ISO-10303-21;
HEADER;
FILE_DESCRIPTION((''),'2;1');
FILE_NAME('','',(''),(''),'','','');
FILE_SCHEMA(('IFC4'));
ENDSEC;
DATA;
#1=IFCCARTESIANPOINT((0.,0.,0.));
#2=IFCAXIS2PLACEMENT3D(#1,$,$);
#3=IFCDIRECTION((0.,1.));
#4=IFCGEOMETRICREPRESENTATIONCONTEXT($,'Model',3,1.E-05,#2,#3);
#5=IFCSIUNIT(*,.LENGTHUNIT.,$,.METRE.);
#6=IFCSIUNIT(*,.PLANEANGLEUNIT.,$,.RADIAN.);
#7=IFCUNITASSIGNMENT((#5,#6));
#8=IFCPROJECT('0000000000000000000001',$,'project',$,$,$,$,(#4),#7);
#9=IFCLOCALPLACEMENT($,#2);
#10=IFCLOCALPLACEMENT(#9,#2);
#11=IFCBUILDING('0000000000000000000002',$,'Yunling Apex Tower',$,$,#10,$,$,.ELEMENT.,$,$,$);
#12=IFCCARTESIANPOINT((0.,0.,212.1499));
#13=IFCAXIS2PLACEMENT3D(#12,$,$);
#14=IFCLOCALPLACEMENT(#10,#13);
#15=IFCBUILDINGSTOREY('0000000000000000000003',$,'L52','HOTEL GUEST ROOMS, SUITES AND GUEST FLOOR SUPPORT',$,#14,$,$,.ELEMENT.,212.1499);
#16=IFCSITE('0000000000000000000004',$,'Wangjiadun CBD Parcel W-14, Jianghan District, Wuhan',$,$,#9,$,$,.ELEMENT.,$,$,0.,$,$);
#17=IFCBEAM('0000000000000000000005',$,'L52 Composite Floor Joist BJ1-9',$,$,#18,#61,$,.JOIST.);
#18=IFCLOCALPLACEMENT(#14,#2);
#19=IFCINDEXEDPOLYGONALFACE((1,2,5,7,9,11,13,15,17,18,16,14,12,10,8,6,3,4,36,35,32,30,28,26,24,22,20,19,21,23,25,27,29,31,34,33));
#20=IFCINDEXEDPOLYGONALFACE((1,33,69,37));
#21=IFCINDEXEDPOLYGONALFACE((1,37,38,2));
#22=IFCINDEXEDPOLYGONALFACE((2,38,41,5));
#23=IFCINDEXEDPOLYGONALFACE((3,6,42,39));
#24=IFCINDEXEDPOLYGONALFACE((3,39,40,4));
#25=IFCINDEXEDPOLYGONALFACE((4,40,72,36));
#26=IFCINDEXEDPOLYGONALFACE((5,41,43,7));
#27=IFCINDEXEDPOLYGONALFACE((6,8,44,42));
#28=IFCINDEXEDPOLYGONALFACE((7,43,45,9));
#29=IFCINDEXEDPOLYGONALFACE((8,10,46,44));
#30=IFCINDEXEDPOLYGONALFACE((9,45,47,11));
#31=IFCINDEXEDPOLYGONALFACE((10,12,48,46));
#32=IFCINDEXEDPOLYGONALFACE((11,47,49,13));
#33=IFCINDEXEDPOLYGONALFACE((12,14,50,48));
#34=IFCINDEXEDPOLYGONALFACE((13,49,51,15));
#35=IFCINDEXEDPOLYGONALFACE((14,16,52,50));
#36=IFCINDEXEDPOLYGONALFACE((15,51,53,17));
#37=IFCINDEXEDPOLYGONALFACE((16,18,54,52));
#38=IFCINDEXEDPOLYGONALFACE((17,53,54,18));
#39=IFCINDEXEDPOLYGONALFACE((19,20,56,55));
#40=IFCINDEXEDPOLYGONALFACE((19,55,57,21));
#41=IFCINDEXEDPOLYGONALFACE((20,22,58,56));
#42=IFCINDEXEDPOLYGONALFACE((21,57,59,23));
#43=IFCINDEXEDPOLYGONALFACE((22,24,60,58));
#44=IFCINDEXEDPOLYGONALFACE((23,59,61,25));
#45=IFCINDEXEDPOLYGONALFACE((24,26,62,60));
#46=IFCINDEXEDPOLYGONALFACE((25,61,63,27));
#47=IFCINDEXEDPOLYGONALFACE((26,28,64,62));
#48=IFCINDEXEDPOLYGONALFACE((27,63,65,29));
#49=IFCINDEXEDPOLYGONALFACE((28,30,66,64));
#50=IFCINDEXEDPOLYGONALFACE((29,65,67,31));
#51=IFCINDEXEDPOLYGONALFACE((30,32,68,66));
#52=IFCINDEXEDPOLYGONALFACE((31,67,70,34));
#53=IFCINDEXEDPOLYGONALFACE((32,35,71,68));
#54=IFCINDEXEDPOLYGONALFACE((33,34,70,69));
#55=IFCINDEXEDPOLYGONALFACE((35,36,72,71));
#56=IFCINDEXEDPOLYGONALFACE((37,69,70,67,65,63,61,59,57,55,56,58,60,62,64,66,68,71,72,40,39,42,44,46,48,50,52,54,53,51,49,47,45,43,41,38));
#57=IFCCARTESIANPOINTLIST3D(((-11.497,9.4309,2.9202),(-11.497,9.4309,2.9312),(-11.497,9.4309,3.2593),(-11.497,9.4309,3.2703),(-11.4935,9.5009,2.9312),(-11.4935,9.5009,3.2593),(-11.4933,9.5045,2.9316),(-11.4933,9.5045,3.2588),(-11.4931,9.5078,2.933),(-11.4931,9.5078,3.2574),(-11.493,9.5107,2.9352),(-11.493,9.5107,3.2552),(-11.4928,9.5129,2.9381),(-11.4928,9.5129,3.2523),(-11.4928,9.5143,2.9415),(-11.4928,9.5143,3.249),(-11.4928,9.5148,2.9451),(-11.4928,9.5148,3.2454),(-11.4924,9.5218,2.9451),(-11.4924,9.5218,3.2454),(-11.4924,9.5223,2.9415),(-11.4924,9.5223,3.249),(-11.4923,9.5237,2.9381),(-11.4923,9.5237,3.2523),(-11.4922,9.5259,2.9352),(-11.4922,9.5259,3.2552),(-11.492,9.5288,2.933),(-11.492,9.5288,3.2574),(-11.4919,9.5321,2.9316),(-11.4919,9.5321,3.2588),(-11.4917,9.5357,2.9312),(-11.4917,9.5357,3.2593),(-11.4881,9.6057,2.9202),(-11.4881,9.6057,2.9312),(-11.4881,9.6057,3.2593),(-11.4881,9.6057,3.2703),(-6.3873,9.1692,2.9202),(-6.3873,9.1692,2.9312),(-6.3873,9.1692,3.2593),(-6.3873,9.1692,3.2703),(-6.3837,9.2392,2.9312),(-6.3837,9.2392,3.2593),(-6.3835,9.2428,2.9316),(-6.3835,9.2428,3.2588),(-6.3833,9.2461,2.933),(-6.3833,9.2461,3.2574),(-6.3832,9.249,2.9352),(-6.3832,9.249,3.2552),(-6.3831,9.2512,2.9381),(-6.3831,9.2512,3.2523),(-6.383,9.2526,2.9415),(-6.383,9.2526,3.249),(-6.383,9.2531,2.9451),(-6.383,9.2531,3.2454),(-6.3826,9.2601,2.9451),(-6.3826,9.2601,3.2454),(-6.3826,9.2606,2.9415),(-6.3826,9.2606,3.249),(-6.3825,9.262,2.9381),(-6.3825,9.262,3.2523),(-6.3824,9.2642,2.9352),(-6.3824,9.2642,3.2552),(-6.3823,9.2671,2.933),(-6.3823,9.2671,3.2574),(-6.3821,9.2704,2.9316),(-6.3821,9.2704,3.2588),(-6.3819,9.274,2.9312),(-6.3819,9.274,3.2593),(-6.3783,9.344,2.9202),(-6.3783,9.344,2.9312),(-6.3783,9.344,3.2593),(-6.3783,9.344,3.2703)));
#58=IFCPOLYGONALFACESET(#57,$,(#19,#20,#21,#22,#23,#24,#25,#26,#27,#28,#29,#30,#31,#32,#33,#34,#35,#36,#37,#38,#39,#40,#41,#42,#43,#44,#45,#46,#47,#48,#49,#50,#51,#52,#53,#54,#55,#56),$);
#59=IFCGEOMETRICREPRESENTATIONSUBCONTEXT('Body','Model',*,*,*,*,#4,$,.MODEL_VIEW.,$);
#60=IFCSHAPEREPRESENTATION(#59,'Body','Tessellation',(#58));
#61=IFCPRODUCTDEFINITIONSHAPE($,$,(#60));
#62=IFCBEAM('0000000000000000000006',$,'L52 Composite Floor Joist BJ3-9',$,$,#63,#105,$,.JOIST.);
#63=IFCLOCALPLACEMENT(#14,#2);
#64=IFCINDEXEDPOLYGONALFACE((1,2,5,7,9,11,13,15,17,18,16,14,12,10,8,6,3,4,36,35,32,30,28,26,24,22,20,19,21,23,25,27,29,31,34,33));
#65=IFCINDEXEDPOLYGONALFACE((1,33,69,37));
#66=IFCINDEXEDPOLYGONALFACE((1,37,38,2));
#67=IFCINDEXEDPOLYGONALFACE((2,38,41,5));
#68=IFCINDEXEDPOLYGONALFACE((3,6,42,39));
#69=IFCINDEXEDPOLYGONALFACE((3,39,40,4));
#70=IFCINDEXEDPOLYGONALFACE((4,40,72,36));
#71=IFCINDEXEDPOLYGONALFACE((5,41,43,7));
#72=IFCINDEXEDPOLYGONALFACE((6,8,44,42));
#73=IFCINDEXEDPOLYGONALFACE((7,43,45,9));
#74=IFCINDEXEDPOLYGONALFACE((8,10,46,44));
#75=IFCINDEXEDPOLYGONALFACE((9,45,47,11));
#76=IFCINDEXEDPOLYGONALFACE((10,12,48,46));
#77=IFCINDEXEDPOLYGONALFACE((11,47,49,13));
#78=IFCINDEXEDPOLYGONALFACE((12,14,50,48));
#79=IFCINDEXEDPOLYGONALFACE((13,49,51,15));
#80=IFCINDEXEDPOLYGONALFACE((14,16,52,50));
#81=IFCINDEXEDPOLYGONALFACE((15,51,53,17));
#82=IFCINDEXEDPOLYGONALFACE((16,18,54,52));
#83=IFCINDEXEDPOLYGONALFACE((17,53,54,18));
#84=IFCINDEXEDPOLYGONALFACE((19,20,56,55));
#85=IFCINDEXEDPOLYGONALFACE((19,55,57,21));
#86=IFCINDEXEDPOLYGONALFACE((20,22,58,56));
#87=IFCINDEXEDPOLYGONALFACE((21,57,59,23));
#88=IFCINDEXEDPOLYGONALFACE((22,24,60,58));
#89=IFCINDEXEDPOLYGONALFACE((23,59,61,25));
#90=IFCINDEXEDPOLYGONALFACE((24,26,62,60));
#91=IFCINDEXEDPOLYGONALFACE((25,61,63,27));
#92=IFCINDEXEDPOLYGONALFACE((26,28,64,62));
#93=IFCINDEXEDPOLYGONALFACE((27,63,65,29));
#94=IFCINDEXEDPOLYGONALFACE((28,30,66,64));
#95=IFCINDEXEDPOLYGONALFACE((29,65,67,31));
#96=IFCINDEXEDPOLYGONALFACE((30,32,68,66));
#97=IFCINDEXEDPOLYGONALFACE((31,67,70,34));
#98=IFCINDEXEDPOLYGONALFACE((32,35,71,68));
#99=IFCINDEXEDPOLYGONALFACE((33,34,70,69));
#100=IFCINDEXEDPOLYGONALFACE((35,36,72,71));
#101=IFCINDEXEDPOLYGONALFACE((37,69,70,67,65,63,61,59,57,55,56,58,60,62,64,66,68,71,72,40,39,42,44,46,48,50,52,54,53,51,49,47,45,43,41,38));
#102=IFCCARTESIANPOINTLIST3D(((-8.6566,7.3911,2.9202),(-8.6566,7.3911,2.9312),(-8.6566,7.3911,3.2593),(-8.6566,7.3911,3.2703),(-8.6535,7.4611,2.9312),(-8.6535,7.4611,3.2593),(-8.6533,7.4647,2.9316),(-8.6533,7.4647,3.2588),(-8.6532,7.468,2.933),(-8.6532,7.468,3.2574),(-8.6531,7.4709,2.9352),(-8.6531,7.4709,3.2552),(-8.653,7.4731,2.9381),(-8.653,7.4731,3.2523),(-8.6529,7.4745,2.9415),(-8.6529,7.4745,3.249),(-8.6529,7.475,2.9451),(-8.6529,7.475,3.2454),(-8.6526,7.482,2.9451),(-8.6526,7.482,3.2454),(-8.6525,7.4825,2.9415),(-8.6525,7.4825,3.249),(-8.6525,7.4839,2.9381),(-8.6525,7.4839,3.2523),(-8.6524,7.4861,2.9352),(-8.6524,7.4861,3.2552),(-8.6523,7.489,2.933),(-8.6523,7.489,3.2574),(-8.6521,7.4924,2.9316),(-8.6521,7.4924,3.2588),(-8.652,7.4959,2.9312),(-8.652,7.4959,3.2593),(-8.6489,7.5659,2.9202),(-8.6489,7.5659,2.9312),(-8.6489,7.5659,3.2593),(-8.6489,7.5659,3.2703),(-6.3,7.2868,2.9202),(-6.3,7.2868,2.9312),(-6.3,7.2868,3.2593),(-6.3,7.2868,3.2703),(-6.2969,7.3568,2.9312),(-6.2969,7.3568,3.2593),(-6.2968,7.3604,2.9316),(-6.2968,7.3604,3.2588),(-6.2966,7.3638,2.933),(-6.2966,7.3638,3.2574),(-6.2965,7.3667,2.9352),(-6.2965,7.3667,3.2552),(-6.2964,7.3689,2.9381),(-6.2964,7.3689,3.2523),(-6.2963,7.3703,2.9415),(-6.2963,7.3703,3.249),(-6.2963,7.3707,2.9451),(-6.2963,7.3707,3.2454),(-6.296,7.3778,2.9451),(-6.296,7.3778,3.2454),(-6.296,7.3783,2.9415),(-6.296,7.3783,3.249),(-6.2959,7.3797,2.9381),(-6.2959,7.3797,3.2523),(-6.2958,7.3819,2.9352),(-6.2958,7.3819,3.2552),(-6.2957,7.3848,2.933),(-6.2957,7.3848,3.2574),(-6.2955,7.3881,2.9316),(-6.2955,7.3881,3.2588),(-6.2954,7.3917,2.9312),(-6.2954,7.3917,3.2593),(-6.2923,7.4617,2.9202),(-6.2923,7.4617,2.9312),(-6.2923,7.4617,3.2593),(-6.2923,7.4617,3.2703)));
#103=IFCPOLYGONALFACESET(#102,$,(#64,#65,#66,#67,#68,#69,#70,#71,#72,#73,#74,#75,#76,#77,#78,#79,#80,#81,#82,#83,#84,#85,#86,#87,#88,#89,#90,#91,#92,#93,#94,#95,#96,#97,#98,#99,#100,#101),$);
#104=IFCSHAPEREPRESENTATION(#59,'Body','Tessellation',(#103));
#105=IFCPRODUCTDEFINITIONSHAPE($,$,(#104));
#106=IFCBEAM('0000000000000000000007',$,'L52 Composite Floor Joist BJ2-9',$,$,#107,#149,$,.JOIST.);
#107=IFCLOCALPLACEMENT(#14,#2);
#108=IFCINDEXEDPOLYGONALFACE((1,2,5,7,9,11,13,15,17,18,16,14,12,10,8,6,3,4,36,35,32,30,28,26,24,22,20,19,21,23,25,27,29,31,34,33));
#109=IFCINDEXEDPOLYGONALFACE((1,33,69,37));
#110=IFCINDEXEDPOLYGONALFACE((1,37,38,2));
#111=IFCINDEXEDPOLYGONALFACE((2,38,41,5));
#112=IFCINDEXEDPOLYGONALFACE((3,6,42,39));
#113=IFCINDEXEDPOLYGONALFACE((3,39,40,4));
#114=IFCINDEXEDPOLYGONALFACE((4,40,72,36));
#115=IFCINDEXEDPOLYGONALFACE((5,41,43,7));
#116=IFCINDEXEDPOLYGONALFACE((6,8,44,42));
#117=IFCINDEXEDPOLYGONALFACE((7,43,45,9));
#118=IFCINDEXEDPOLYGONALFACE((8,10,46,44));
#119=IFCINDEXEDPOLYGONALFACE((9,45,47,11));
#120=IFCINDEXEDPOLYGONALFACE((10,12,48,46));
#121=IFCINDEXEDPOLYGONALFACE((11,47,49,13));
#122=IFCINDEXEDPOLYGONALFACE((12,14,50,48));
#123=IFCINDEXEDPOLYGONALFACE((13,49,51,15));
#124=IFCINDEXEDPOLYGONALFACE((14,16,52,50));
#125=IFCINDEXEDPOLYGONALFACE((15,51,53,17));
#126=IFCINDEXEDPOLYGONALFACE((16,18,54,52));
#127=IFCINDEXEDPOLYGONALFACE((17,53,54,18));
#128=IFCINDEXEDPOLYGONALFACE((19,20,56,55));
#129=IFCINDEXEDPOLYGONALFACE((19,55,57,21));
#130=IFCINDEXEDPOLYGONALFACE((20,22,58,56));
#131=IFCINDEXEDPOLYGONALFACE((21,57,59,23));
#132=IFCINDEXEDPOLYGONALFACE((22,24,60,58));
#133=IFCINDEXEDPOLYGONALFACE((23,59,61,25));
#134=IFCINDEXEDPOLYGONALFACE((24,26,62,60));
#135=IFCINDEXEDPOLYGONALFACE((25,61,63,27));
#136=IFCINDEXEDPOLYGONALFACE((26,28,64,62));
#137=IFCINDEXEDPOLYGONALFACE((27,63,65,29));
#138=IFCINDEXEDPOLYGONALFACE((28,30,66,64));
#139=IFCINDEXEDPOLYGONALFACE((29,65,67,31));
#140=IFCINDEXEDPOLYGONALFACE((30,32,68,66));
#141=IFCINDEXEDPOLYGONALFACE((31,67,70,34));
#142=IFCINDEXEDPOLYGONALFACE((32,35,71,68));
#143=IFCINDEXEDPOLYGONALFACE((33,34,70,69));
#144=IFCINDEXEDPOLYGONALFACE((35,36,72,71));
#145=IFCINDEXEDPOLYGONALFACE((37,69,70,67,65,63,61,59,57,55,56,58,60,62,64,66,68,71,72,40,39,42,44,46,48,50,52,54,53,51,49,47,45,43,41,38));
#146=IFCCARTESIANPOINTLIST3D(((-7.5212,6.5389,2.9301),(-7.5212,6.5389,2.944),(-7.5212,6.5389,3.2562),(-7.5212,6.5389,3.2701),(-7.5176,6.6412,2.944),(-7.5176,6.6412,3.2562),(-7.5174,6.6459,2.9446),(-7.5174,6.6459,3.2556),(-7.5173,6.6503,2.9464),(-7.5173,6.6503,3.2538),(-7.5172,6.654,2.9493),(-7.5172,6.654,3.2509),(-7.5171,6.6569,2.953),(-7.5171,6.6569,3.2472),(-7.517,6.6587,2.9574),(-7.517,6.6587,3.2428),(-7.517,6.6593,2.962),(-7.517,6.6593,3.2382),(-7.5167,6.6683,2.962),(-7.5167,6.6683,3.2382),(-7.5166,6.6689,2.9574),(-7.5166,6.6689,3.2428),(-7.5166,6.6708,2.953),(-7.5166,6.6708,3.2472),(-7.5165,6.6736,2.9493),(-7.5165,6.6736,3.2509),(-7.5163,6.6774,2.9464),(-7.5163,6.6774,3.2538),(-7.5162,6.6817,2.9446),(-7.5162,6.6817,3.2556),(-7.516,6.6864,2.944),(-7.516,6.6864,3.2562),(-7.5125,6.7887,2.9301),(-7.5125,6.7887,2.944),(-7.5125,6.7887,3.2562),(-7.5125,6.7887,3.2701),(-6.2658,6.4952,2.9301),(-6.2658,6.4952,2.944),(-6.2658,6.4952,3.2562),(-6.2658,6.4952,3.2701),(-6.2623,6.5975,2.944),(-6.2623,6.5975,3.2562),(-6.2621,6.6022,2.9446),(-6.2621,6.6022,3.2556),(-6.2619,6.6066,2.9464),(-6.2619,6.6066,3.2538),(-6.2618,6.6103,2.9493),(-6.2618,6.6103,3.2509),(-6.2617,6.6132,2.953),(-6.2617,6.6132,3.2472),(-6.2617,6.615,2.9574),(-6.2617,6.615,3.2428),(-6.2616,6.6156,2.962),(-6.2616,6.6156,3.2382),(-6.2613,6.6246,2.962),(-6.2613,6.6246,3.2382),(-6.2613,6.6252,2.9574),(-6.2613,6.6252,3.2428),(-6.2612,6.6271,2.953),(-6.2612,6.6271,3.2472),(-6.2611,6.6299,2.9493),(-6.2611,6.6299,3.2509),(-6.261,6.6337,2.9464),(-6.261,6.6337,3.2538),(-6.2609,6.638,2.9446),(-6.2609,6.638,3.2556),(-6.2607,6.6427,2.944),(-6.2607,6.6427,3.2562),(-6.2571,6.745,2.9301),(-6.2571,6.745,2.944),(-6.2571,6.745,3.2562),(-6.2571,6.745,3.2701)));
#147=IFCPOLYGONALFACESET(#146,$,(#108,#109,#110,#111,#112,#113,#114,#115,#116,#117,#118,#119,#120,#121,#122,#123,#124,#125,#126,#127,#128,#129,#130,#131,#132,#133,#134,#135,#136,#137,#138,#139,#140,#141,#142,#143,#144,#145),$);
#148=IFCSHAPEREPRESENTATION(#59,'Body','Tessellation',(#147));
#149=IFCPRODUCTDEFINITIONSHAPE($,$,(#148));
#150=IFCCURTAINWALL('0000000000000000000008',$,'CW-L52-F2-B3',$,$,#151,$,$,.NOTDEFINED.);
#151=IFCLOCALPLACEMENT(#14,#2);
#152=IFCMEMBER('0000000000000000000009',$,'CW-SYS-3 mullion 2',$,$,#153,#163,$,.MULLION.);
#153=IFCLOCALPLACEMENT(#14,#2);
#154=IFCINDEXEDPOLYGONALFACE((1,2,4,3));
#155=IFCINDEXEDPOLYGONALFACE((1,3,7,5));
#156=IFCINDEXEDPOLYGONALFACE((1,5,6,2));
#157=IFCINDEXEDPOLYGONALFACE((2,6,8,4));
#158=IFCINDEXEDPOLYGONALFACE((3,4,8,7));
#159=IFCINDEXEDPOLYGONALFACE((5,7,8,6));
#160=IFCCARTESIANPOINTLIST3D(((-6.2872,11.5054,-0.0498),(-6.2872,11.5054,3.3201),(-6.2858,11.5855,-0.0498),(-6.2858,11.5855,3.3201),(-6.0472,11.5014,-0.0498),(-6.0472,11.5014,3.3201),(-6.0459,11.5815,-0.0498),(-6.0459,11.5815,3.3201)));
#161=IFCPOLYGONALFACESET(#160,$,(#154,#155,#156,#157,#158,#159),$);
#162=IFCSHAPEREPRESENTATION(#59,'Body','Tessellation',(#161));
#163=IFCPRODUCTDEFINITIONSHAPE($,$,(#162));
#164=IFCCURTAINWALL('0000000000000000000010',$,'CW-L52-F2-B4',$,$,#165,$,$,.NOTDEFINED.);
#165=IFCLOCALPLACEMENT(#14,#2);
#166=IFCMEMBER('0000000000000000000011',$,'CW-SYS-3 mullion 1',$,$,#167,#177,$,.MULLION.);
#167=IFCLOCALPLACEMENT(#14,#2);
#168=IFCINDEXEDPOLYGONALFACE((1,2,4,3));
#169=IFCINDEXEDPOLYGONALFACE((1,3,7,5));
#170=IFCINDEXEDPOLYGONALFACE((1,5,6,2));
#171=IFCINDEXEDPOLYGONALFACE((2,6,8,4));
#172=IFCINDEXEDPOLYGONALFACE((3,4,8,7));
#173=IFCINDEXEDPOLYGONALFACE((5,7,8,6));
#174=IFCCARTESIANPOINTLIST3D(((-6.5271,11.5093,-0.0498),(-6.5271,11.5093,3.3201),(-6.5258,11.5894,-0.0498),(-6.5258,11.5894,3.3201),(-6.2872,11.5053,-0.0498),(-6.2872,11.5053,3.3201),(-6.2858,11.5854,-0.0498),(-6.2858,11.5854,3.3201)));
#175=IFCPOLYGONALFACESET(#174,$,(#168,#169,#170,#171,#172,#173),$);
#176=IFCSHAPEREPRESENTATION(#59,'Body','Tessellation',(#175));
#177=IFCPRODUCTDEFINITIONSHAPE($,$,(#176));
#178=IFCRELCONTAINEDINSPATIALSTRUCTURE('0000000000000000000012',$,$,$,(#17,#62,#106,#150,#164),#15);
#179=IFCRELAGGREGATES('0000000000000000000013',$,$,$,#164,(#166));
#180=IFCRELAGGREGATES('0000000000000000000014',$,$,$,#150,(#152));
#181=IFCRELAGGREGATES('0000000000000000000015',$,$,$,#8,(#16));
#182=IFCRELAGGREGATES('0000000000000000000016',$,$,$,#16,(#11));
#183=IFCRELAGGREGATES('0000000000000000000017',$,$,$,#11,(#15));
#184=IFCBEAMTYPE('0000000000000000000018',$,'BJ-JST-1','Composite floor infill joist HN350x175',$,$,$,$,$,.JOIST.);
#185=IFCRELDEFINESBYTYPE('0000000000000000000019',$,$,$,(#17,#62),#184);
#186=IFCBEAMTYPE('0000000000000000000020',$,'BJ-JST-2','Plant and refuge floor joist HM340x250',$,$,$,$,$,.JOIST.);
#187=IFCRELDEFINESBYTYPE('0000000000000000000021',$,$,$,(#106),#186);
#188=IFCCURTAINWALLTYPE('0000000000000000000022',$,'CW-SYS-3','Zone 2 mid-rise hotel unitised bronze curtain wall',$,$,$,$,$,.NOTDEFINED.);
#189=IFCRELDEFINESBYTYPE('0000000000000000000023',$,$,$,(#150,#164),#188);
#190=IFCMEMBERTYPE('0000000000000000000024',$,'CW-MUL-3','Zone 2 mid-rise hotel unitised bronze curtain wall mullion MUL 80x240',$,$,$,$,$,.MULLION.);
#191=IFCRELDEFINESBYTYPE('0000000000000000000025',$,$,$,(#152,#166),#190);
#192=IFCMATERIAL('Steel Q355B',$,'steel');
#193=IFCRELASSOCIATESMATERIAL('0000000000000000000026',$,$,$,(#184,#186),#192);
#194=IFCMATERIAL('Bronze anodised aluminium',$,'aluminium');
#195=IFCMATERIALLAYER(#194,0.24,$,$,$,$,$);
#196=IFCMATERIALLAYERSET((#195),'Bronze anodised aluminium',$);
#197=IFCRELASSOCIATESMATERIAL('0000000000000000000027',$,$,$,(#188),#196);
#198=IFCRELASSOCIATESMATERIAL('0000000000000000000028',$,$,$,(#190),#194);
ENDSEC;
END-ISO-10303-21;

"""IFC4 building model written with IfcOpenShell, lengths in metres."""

from ifc_helpers import new_model, si_unit, direction, frame, origin, origin_2d, place, context, subcontext, project, spatial, rectangle, i_section, extrude, source, transform, mapped, material, layer, layer_set, material_profile, profile_set, type_object, element, aggregate, save


model = new_model("IFC4")

# Units and contexts
model_context = context("Model", 3, precision=1e-05, world=origin(), true_north=direction((0.0, 1.0)))
body_context = subcontext(model_context, "Body", "Model", "MODEL_VIEW")
ifc_project = project(units=[si_unit("LENGTHUNIT", "METRE"), si_unit("PLANEANGLEUNIT", "RADIAN")], contexts=[model_context])

# Site, building, storey
site_placement = place(None, origin())
site = spatial("IfcSite", under=ifc_project, at=site_placement, Name="Wangjiadun CBD Parcel W-14, Jianghan District, Wuhan", CompositionType="ELEMENT", RefElevation=0.0)
building_placement = place(site_placement, origin())
building = spatial("IfcBuilding", under=site, at=building_placement, Name="Yunling Apex Tower", CompositionType="ELEMENT")
storey_placement = place(building_placement, frame((0.0, 0.0, 212.1499)))
storey = spatial("IfcBuildingStorey", under=building, at=storey_placement, Name="L52", Description="HOTEL GUEST ROOMS, SUITES AND GUEST FLOOR SUPPORT", CompositionType="ELEMENT", Elevation=212.1499)

# Beams
ifc_material_1 = material(Name="Steel Q355B", Category="steel")
ifc_material_profile_1 = material_profile(ifc_material_1, i_section(OverallWidth=0.175, OverallDepth=0.3501, WebThickness=0.0071, FlangeThickness=0.011, FilletRadius=0.0139, at=origin_2d()))
ifc_profile_set_1 = profile_set([ifc_material_profile_1], Name="Steel Q355B")
beam_type_1 = type_object("IfcBeamType", Name="BJ-JST-1", Description="Composite floor infill joist HN350x175", PredefinedType="JOIST", material=ifc_profile_set_1)
shared_shape_1 = source(origin(), body_context, "Body", "SweptSolid", [
    extrude(i_section(OverallWidth=0.175, OverallDepth=0.3501, WebThickness=0.0071, FlangeThickness=0.011, FilletRadius=0.0139, at=origin_2d()), origin(), (0.0, 0.0, 1.0), 5.1165),
])
beam_1_placement = place(storey_placement, frame((-6.3828, 9.2566, 3.0952), z_axis=(-0.998691, 0.051151, 0.0), x_axis=(-0.051151, -0.998691, 0.0)))
element("IfcBeam", 1, at=beam_1_placement, inside=storey, type_object=beam_type_1, Name="L52 Composite Floor Joist BJ1-9", PredefinedType="JOIST", context=body_context, shape_type="MappedRepresentation", body=[
    mapped(shared_shape_1, transform((0.0, 0.0, 0.0), scale=1.0)),
])
shared_shape_2 = source(origin(), body_context, "Body", "SweptSolid", [
    extrude(i_section(OverallWidth=0.175, OverallDepth=0.3501, WebThickness=0.0071, FlangeThickness=0.011, FilletRadius=0.0139, at=origin_2d()), origin(), (0.0, 0.0, 1.0), 2.3589),
])
beam_2_placement = place(storey_placement, frame((-6.2961, 7.3743, 3.0952), z_axis=(-0.999023, 0.044192, 0.0), x_axis=(-0.044192, -0.999023, 0.0)))
element("IfcBeam", 2, at=beam_2_placement, inside=storey, type_object=beam_type_1, Name="L52 Composite Floor Joist BJ3-9", PredefinedType="JOIST", context=body_context, shape_type="MappedRepresentation", body=[
    mapped(shared_shape_2, transform((0.0, 0.0, 0.0), scale=1.0)),
])
ifc_material_profile_2 = material_profile(ifc_material_1, i_section(OverallWidth=0.25, OverallDepth=0.3401, WebThickness=0.009, FlangeThickness=0.0139, FilletRadius=0.0181, at=origin_2d()))
ifc_profile_set_2 = profile_set([ifc_material_profile_2], Name="Steel Q355B")
beam_type_2 = type_object("IfcBeamType", Name="BJ-JST-2", Description="Plant and refuge floor joist HM340x250", PredefinedType="JOIST", material=ifc_profile_set_2)
shared_shape_3 = source(origin(), body_context, "Body", "SweptSolid", [
    extrude(i_section(OverallWidth=0.25, OverallDepth=0.3401, WebThickness=0.009, FlangeThickness=0.0139, FilletRadius=0.0181, at=origin_2d()), origin(), (0.0, 0.0, 1.0), 1.2561),
])
beam_3_placement = place(storey_placement, frame((-6.2615, 6.6201, 3.1001), z_axis=(-0.999395, 0.03479, 0.0), x_axis=(-0.03479, -0.999395, 0.0)))
element("IfcBeam", 3, at=beam_3_placement, inside=storey, type_object=beam_type_2, Name="L52 Composite Floor Joist BJ2-9", PredefinedType="JOIST", context=body_context, shape_type="MappedRepresentation", body=[
    mapped(shared_shape_3, transform((0.0, 0.0, 0.0), scale=1.0)),
])

# Curtain wall, member
ifc_material_2 = material(Name="Bronze anodised aluminium", Category="aluminium")
ifc_layer_1 = layer(ifc_material_2, 0.24)
ifc_layer_set_1 = layer_set([ifc_layer_1], Name="Bronze anodised aluminium")
curtain_wall_type = type_object("IfcCurtainWallType", Name="CW-SYS-3", Description="Zone 2 mid-rise hotel unitised bronze curtain wall", PredefinedType="NOTDEFINED", material=ifc_layer_set_1)
curtain_wall_1_placement = place(storey_placement, origin())
curtain_wall_1 = element("IfcCurtainWall", 4, at=curtain_wall_1_placement, inside=storey, type_object=curtain_wall_type, Name="CW-L52-F2-B3", PredefinedType="NOTDEFINED")
ifc_material_profile_3 = material_profile(ifc_material_2, rectangle(XDim=0.0801, YDim=0.24, at=origin_2d()))
ifc_profile_set_3 = profile_set([ifc_material_profile_3], Name="Bronze anodised aluminium")
member_type_1 = type_object("IfcMemberType", Name="CW-MUL-3", Description="Zone 2 mid-rise hotel unitised bronze curtain wall mullion MUL 80x240", PredefinedType="MULLION", material=ifc_profile_set_3)
shared_shape_4 = source(origin(), body_context, "Body", "SweptSolid", [
    extrude(rectangle(XDim=0.0801, YDim=0.24, at=origin_2d()), origin(), (0.0, 0.0, 1.0), 3.3699),
])
member_1_placement = place(storey_placement, frame((-6.1665, 11.5435, -0.0498), z_axis=(0.0, 0.0, 1.0), x_axis=(-0.016747, -0.99986, 0.0)))
member_1 = element("IfcMember", 5, at=member_1_placement, type_object=member_type_1, Name="CW-SYS-3 mullion 2", PredefinedType="MULLION", context=body_context, shape_type="MappedRepresentation", body=[
    mapped(shared_shape_4, transform((0.0, 0.0, 0.0), scale=1.0)),
])

# Curtain wall, member
curtain_wall_2_placement = place(storey_placement, origin())
curtain_wall_2 = element("IfcCurtainWall", 6, at=curtain_wall_2_placement, inside=storey, type_object=curtain_wall_type, Name="CW-L52-F2-B4", PredefinedType="NOTDEFINED")
member_2_placement = place(storey_placement, frame((-6.4065, 11.5474, -0.0498), z_axis=(0.0, 0.0, 1.0), x_axis=(-0.016761, -0.99986, 0.0)))
member_2 = element("IfcMember", 7, at=member_2_placement, type_object=member_type_1, Name="CW-SYS-3 mullion 1", PredefinedType="MULLION", context=body_context, shape_type="MappedRepresentation", body=[
    mapped(shared_shape_4, transform((0.0, 0.0, 0.0), scale=1.0)),
])
aggregate(curtain_wall_2, [member_2])

aggregate(curtain_wall_1, [member_1])

save(model, "model.ifc")
